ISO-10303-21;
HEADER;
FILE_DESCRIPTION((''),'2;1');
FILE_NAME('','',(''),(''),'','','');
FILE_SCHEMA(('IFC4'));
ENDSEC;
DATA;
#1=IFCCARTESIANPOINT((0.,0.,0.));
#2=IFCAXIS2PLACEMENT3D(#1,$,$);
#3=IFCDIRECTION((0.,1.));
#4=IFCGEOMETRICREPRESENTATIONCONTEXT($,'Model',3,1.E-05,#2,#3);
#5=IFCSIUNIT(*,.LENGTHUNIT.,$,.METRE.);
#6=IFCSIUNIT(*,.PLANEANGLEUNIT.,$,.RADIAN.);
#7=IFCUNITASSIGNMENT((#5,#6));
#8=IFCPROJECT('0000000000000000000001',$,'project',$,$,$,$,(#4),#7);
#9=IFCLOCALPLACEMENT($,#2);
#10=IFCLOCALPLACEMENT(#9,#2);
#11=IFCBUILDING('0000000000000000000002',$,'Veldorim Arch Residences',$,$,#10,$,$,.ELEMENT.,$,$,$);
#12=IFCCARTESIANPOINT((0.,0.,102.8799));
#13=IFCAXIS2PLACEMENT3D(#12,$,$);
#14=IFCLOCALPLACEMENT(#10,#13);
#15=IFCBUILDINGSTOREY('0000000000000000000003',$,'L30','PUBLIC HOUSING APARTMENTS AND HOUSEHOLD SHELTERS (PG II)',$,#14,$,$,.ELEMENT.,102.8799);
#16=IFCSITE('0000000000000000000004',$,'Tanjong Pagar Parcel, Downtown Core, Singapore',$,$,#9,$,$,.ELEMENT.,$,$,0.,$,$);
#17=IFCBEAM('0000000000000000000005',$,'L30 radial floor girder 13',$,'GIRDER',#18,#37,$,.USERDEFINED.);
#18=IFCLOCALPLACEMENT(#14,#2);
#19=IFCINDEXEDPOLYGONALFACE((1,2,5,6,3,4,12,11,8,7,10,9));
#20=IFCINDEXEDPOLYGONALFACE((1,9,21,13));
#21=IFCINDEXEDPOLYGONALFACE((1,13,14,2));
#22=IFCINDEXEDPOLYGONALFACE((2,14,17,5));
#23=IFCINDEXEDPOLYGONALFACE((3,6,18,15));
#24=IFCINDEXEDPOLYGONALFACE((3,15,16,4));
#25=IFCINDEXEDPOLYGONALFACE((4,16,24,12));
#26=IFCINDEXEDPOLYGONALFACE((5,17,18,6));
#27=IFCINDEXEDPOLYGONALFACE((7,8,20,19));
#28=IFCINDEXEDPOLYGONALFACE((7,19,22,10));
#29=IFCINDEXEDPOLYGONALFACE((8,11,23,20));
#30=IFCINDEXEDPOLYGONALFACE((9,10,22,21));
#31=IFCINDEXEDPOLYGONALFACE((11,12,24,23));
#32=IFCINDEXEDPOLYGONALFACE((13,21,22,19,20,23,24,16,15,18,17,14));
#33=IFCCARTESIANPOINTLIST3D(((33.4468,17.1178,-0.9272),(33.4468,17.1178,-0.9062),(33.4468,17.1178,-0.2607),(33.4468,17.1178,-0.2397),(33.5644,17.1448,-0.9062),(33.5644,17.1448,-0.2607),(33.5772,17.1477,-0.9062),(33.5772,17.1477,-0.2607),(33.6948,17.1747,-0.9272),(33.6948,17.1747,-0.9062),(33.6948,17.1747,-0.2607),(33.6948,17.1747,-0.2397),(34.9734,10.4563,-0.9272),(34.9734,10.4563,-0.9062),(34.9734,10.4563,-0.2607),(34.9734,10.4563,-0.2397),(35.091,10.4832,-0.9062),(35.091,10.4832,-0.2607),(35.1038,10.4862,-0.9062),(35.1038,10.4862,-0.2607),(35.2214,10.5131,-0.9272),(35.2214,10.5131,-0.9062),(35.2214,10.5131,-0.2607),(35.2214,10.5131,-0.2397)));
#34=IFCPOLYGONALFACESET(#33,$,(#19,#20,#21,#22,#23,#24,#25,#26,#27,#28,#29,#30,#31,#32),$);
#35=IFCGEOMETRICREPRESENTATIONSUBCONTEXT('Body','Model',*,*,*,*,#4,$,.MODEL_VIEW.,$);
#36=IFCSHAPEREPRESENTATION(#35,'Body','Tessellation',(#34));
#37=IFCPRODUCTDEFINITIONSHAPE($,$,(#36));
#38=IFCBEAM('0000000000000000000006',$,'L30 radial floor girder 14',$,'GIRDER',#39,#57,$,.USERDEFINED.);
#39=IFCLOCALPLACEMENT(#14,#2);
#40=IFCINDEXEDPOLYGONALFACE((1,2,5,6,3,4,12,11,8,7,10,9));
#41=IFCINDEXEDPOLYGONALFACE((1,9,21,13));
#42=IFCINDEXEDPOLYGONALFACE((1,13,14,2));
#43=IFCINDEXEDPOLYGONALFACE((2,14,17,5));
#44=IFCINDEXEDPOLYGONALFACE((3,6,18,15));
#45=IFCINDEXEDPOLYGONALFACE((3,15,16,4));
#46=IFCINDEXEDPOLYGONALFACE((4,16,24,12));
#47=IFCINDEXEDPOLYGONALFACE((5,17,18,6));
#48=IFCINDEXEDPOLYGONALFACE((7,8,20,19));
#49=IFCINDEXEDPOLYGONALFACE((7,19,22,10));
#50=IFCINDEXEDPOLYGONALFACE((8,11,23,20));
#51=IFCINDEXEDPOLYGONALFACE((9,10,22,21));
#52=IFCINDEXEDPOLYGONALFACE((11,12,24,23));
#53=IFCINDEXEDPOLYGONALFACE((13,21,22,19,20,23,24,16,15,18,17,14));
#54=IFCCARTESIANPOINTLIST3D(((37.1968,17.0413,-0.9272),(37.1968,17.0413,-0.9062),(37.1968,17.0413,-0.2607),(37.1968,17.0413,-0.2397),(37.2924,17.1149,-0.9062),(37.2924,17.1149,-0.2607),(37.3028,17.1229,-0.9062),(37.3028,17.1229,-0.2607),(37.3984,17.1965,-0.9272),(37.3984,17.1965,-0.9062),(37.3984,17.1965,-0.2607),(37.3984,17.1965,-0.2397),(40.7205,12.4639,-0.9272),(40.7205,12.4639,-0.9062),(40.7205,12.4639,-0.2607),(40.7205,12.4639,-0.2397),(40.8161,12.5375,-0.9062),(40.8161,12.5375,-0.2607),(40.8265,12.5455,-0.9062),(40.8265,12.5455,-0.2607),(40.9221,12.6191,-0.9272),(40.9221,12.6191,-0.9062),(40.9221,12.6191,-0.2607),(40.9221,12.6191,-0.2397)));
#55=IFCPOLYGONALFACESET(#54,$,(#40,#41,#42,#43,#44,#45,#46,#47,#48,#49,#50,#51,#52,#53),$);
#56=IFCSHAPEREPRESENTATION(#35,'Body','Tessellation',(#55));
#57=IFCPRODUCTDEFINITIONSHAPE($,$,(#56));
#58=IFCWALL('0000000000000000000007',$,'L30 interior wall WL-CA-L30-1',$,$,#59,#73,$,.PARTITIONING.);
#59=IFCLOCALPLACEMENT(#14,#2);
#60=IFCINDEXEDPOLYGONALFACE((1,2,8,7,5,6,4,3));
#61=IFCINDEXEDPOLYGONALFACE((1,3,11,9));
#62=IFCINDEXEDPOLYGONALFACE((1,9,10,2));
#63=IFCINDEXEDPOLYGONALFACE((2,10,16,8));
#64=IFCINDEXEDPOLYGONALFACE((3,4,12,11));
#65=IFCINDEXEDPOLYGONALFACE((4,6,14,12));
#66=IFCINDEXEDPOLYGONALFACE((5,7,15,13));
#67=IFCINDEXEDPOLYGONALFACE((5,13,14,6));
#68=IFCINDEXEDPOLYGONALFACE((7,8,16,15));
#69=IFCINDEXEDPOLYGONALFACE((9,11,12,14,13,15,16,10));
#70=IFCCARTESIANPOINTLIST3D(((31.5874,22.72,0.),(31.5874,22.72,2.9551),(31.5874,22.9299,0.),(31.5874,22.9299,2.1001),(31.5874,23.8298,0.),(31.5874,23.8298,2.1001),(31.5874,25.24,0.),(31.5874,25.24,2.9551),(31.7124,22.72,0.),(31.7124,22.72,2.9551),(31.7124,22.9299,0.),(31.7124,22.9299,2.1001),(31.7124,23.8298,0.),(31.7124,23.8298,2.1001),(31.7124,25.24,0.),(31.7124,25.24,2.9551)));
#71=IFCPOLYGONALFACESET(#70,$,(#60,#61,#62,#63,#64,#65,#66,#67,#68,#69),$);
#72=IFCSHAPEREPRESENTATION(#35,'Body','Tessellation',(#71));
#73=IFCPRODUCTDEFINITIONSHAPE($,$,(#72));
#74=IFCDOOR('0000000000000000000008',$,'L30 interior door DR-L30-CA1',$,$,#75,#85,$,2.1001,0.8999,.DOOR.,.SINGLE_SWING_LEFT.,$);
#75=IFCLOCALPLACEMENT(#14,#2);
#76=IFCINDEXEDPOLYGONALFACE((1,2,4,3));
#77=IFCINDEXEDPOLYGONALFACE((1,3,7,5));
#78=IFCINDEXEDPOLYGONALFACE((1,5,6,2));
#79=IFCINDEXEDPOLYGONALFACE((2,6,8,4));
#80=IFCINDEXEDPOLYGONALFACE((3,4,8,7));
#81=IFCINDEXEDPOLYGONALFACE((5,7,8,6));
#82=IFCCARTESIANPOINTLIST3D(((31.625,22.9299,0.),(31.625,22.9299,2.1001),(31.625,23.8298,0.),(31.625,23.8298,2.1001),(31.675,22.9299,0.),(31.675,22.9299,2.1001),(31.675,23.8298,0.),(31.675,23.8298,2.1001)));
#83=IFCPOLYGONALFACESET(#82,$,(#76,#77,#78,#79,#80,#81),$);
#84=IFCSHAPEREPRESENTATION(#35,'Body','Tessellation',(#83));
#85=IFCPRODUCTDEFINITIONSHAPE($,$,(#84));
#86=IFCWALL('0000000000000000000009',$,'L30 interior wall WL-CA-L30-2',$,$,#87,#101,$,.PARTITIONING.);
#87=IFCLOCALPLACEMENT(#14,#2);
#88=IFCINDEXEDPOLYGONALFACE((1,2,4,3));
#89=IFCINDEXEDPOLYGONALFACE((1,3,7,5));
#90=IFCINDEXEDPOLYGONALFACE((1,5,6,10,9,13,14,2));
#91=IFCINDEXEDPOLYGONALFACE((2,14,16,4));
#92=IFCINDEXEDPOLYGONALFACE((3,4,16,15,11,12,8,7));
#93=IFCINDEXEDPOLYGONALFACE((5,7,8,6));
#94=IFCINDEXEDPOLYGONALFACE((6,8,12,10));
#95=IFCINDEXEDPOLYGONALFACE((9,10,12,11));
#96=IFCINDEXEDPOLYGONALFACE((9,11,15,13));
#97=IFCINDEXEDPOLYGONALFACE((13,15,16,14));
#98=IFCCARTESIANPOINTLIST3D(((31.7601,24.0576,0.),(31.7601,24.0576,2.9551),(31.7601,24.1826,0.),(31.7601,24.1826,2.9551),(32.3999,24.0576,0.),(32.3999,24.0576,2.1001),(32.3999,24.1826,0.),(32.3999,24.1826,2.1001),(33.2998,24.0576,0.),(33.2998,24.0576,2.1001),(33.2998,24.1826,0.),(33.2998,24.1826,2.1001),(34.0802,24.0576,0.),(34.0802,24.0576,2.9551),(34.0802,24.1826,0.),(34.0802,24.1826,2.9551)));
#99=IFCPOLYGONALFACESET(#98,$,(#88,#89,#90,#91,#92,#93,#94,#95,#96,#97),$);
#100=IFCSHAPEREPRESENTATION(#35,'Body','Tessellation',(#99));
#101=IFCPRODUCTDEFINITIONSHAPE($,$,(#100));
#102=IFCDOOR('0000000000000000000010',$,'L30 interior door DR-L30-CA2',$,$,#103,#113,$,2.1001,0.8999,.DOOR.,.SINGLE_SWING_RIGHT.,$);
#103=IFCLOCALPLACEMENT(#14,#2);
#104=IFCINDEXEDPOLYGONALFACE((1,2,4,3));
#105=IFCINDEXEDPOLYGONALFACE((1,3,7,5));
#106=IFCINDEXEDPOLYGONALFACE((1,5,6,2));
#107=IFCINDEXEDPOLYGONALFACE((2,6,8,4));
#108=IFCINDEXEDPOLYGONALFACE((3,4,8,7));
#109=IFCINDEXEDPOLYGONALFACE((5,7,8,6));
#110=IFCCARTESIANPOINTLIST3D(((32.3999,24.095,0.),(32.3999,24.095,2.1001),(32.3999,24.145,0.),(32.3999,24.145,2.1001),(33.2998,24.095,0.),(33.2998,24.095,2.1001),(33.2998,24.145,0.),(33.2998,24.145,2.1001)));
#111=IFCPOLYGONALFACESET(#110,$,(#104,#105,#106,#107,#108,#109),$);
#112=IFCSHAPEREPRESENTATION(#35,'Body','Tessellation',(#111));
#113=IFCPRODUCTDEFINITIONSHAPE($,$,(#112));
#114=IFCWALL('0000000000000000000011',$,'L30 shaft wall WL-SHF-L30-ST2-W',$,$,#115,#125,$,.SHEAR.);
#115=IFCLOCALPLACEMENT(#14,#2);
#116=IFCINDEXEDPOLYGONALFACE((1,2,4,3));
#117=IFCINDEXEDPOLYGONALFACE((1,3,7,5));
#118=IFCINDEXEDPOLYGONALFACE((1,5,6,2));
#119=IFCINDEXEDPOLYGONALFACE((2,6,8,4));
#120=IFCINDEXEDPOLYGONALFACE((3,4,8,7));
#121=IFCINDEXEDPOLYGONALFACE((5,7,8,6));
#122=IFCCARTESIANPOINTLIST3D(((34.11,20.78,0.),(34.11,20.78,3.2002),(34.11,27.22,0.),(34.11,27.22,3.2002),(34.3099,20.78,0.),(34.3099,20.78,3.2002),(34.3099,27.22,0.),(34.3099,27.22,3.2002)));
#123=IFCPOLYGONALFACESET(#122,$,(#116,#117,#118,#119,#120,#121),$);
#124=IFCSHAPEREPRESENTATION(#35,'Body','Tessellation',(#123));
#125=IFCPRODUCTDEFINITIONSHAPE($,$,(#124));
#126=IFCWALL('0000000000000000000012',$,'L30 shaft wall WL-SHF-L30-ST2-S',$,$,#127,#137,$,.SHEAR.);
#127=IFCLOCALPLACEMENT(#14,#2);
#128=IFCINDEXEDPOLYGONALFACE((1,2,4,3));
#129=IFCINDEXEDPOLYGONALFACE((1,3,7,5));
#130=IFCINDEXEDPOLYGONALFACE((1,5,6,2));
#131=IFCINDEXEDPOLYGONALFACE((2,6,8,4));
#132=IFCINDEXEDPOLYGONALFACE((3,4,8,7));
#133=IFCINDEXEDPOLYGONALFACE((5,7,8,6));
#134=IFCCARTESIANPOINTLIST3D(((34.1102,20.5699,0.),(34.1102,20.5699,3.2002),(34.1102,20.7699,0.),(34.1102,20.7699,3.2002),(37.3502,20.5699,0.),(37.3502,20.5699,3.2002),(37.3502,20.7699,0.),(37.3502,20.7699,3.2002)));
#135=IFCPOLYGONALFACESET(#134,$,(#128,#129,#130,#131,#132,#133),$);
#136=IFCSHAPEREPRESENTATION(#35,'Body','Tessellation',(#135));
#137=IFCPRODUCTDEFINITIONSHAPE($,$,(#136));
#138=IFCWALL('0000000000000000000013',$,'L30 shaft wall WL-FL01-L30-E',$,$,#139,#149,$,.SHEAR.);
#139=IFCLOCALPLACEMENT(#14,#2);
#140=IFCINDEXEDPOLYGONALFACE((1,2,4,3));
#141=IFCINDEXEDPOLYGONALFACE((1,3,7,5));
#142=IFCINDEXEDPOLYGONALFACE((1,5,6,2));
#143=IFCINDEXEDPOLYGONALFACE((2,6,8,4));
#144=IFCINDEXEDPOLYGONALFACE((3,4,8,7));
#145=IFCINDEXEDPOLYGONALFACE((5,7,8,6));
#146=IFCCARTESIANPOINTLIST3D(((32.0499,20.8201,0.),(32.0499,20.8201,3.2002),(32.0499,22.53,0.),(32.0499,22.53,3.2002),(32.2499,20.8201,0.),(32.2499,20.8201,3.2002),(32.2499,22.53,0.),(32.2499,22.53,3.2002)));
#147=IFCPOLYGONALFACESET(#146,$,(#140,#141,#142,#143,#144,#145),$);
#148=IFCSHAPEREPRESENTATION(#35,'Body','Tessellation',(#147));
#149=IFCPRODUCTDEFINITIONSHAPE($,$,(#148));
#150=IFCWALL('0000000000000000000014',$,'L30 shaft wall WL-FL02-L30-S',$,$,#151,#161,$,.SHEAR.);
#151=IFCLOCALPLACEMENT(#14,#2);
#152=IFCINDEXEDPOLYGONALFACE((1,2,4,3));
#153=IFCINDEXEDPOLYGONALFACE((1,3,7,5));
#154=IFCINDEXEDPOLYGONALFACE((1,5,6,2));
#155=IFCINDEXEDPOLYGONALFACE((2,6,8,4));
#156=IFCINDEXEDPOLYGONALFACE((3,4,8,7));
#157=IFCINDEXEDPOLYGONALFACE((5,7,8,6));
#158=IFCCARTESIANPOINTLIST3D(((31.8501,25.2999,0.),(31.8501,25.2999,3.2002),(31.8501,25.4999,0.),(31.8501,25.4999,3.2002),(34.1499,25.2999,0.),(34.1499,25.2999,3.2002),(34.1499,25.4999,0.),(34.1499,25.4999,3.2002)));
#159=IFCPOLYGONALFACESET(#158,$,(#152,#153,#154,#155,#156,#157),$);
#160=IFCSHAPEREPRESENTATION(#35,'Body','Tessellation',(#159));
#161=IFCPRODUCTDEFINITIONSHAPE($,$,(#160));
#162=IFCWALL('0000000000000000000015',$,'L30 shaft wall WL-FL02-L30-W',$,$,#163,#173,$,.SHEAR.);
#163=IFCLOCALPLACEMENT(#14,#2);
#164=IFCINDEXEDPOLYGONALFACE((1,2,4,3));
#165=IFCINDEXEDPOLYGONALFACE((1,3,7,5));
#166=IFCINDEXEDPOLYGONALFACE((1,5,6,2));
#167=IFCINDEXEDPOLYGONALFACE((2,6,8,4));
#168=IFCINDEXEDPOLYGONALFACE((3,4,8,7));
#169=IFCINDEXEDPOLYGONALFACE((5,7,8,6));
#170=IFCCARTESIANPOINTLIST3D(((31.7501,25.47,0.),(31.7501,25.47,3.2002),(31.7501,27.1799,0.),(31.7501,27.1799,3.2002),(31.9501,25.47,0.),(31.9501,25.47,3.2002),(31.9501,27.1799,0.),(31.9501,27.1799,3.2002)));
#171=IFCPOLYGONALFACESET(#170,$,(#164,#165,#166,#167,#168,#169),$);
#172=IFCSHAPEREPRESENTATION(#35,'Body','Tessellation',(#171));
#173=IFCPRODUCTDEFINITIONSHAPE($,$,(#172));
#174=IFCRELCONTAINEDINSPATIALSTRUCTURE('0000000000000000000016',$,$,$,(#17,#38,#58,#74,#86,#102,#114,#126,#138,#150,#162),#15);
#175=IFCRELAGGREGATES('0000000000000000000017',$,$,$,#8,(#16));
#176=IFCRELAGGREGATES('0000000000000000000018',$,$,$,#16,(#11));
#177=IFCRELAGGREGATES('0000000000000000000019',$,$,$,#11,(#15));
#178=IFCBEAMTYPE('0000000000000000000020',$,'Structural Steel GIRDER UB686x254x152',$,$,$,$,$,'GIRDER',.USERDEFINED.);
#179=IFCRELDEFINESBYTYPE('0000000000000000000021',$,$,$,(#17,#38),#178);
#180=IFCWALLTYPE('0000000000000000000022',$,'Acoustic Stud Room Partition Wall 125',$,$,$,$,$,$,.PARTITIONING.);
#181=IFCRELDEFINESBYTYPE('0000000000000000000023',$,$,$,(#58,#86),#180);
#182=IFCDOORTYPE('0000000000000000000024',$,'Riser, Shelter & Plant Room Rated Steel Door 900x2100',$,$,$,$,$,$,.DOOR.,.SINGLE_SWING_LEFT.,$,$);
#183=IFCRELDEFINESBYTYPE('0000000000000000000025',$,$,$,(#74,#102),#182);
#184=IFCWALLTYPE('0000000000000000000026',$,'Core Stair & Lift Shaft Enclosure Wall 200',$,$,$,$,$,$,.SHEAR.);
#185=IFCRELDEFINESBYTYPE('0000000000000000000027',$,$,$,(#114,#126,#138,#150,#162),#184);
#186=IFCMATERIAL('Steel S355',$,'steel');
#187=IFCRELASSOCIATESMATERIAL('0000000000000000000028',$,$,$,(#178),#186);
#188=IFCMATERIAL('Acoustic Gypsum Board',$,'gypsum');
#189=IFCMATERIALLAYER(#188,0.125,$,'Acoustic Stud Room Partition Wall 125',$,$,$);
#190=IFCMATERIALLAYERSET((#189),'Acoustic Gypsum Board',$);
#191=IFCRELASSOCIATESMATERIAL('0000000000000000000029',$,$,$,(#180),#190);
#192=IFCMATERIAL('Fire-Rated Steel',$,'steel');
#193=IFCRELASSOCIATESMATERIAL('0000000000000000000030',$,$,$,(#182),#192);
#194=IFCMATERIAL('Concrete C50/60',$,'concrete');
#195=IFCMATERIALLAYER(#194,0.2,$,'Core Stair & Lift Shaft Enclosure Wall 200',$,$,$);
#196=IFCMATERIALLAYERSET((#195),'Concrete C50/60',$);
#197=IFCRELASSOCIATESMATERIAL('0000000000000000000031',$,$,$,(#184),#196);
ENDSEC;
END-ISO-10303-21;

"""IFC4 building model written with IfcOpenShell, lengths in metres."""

from ifc_helpers import new_model, si_unit, direction, frame, frame_2d, origin, origin_2d, place, context, subcontext, project, spatial, rectangle, i_section, extrude, material, layer, layer_set, material_profile, profile_set, type_object, element, fill, save


model = new_model("IFC4")

# Units and contexts
model_context = context("Model", 3, precision=1e-05, world=origin(), true_north=direction((0.0, 1.0)))
body_context = subcontext(model_context, "Body", "Model", "MODEL_VIEW")
ifc_project = project(units=[si_unit("LENGTHUNIT", "METRE"), si_unit("PLANEANGLEUNIT", "RADIAN")], contexts=[model_context])

# Site, building, storey
site_placement = place(None, origin())
site = spatial("IfcSite", under=ifc_project, at=site_placement, Name="Tanjong Pagar Parcel, Downtown Core, Singapore", CompositionType="ELEMENT", RefElevation=0.0)
building_placement = place(site_placement, origin())
building = spatial("IfcBuilding", under=site, at=building_placement, Name="Veldorim Arch Residences", CompositionType="ELEMENT")
storey_placement = place(building_placement, frame((0.0, 0.0, 102.8799)))
storey = spatial("IfcBuildingStorey", under=building, at=storey_placement, Name="L30", Description="PUBLIC HOUSING APARTMENTS AND HOUSEHOLD SHELTERS (PG II)", CompositionType="ELEMENT", Elevation=102.8799)

# Beams
ifc_material_1 = material(Name="Steel S355", Category="steel")
ifc_material_profile = material_profile(ifc_material_1, i_section(OverallWidth=0.2544, OverallDepth=0.6875, WebThickness=0.0132, FlangeThickness=0.021, at=origin_2d()), Name="UB686x254x152")
ifc_profile_set = profile_set([ifc_material_profile], Name="Steel S355")
beam_type = type_object("IfcBeamType", Name="Structural Steel GIRDER UB686x254x152", ElementType="GIRDER", PredefinedType="USERDEFINED", material=ifc_profile_set)
beam_1_placement = place(storey_placement, frame((33.5708, 17.1462, -0.5835), z_axis=(0.223375, -0.974733, 0.0), x_axis=(0.974733, 0.223375, 0.0)))
element("IfcBeam", 1, at=beam_1_placement, inside=storey, type_object=beam_type, Name="L30 radial floor girder 13", ObjectType="GIRDER", PredefinedType="USERDEFINED", context=body_context, shape_type="SweptSolid", body=[
    extrude(i_section(OverallWidth=0.2544, OverallDepth=0.6875, WebThickness=0.0132, FlangeThickness=0.021, at=origin_2d()), origin(), (0.0, 0.0, 1.0), 6.8342),
])
beam_2_placement = place(storey_placement, frame((37.2976, 17.1189, -0.5835), z_axis=(0.609995, -0.792406, 0.0), x_axis=(0.792406, 0.609995, 0.0)))
element("IfcBeam", 2, at=beam_2_placement, inside=storey, type_object=beam_type, Name="L30 radial floor girder 14", ObjectType="GIRDER", PredefinedType="USERDEFINED", context=body_context, shape_type="SweptSolid", body=[
    extrude(i_section(OverallWidth=0.2544, OverallDepth=0.6875, WebThickness=0.0132, FlangeThickness=0.021, at=origin_2d()), origin(), (0.0, 0.0, 1.0), 5.7766),
])

# Walls, openings, doors
ifc_material_2 = material(Name="Acoustic Gypsum Board", Category="gypsum")
ifc_layer_1 = layer(ifc_material_2, 0.125, Name="Acoustic Stud Room Partition Wall 125")
ifc_layer_set_1 = layer_set([ifc_layer_1], Name="Acoustic Gypsum Board")
wall_type_1 = type_object("IfcWallType", Name="Acoustic Stud Room Partition Wall 125", PredefinedType="PARTITIONING", material=ifc_layer_set_1)
wall_1_placement = place(storey_placement, frame((31.6499, 22.72, 0.0), z_axis=(0.0, 0.0, 1.0), x_axis=(0.0, 1.0, 0.0)))
wall_1 = element("IfcWall", 3, at=wall_1_placement, inside=storey, type_object=wall_type_1, Name="L30 interior wall WL-CA-L30-1", PredefinedType="PARTITIONING", context=body_context, shape_type="SweptSolid", body=[
    extrude(rectangle(XDim=2.52, YDim=0.125, at=frame_2d((1.26, 0.0))), origin(), (0.0, 0.0, 1.0), 2.9551),
])
opening_1_placement = place(wall_1_placement, frame((0.21, 0.0, 0.0)))
opening_1 = element("IfcOpeningElement", 4, at=opening_1_placement, cuts=wall_1, PredefinedType="OPENING", context=body_context, shape_type="SweptSolid", body=[
    extrude(rectangle(XDim=0.8999, YDim=2.1001, at=frame_2d((0.45, 1.05))), frame((0.0, 0.0725, 0.0), z_axis=(0.0, -1.0, 0.0), x_axis=(1.0, 0.0, 0.0)), (0.0, 0.0, 1.0), 0.145),
])
ifc_material_3 = material(Name="Fire-Rated Steel", Category="steel")
door_type = type_object("IfcDoorType", Name="Riser, Shelter & Plant Room Rated Steel Door 900x2100", OperationType="SINGLE_SWING_LEFT", PredefinedType="DOOR", material=ifc_material_3)
door_1_placement = place(opening_1_placement, origin())
door_1 = element("IfcDoor", 5, at=door_1_placement, inside=storey, type_object=door_type, Name="L30 interior door DR-L30-CA1", OperationType="SINGLE_SWING_LEFT", OverallHeight=2.1001, OverallWidth=0.8999, PredefinedType="DOOR", context=body_context, shape_type="SweptSolid", body=[
    extrude(rectangle(XDim=0.8999, YDim=2.1001, at=frame_2d((0.45, 1.05))), frame((0.0, 0.0249, 0.0), z_axis=(0.0, -1.0, 0.0), x_axis=(1.0, 0.0, 0.0)), (0.0, 0.0, 1.0), 0.05),
])
fill(opening_1, door_1)
wall_2_placement = place(storey_placement, frame((31.76, 24.1201, 0.0), z_axis=(0.0, 0.0, 1.0), x_axis=(1.0, 0.0, 0.0)))
wall_2 = element("IfcWall", 6, at=wall_2_placement, inside=storey, type_object=wall_type_1, Name="L30 interior wall WL-CA-L30-2", PredefinedType="PARTITIONING", context=body_context, shape_type="SweptSolid", body=[
    extrude(rectangle(XDim=2.3201, YDim=0.125, at=frame_2d((1.1602, 0.0))), origin(), (0.0, 0.0, 1.0), 2.9551),
])
opening_2_placement = place(wall_2_placement, frame((0.6399, 0.0, 0.0)))
opening_2 = element("IfcOpeningElement", 7, at=opening_2_placement, cuts=wall_2, PredefinedType="OPENING", context=body_context, shape_type="SweptSolid", body=[
    extrude(rectangle(XDim=0.8999, YDim=2.1001, at=frame_2d((0.45, 1.05))), frame((0.0, 0.0725, 0.0), z_axis=(0.0, -1.0, 0.0), x_axis=(1.0, 0.0, 0.0)), (0.0, 0.0, 1.0), 0.145),
])
door_2_placement = place(opening_2_placement, origin())
door_2 = element("IfcDoor", 8, at=door_2_placement, inside=storey, type_object=door_type, Name="L30 interior door DR-L30-CA2", OperationType="SINGLE_SWING_RIGHT", OverallHeight=2.1001, OverallWidth=0.8999, PredefinedType="DOOR", context=body_context, shape_type="SweptSolid", body=[
    extrude(rectangle(XDim=0.8999, YDim=2.1001, at=frame_2d((0.45, 1.05))), frame((0.0, 0.0249, 0.0), z_axis=(0.0, -1.0, 0.0), x_axis=(1.0, 0.0, 0.0)), (0.0, 0.0, 1.0), 0.05),
])
fill(opening_2, door_2)

# Walls
ifc_material_4 = material(Name="Concrete C50/60", Category="concrete")
ifc_layer_2 = layer(ifc_material_4, 0.2, Name="Core Stair & Lift Shaft Enclosure Wall 200")
ifc_layer_set_2 = layer_set([ifc_layer_2], Name="Concrete C50/60")
wall_type_2 = type_object("IfcWallType", Name="Core Stair & Lift Shaft Enclosure Wall 200", PredefinedType="SHEAR", material=ifc_layer_set_2)
wall_3_placement = place(storey_placement, frame((34.21, 20.78, 0.0), z_axis=(0.0, 0.0, 1.0), x_axis=(0.0, 1.0, 0.0)))
element("IfcWall", 9, at=wall_3_placement, inside=storey, type_object=wall_type_2, Name="L30 shaft wall WL-SHF-L30-ST2-W", PredefinedType="SHEAR", context=body_context, shape_type="SweptSolid", body=[
    extrude(rectangle(XDim=6.4399, YDim=0.2, at=frame_2d((3.22, 0.0))), origin(), (0.0, 0.0, 1.0), 3.2002),
])
wall_4_placement = place(storey_placement, frame((34.1101, 20.6699, 0.0), z_axis=(0.0, 0.0, 1.0), x_axis=(1.0, 0.0, 0.0)))
element("IfcWall", 10, at=wall_4_placement, inside=storey, type_object=wall_type_2, Name="L30 shaft wall WL-SHF-L30-ST2-S", PredefinedType="SHEAR", context=body_context, shape_type="SweptSolid", body=[
    extrude(rectangle(XDim=3.24, YDim=0.2, at=frame_2d((1.6201, 0.0))), origin(), (0.0, 0.0, 1.0), 3.2002),
])
wall_5_placement = place(storey_placement, frame((32.1499, 20.8201, 0.0), z_axis=(0.0, 0.0, 1.0), x_axis=(0.0, 1.0, 0.0)))
element("IfcWall", 11, at=wall_5_placement, inside=storey, type_object=wall_type_2, Name="L30 shaft wall WL-FL01-L30-E", PredefinedType="SHEAR", context=body_context, shape_type="SweptSolid", body=[
    extrude(rectangle(XDim=1.71, YDim=0.2, at=frame_2d((0.855, 0.0))), origin(), (0.0, 0.0, 1.0), 3.2002),
])
wall_6_placement = place(storey_placement, frame((31.8501, 25.3999, 0.0), z_axis=(0.0, 0.0, 1.0), x_axis=(1.0, 0.0, 0.0)))
element("IfcWall", 12, at=wall_6_placement, inside=storey, type_object=wall_type_2, Name="L30 shaft wall WL-FL02-L30-S", PredefinedType="SHEAR", context=body_context, shape_type="SweptSolid", body=[
    extrude(rectangle(XDim=2.2998, YDim=0.2, at=frame_2d((1.1499, 0.0))), origin(), (0.0, 0.0, 1.0), 3.2002),
])
wall_7_placement = place(storey_placement, frame((31.8501, 25.47, 0.0), z_axis=(0.0, 0.0, 1.0), x_axis=(0.0, 1.0, 0.0)))
element("IfcWall", 13, at=wall_7_placement, inside=storey, type_object=wall_type_2, Name="L30 shaft wall WL-FL02-L30-W", PredefinedType="SHEAR", context=body_context, shape_type="SweptSolid", body=[
    extrude(rectangle(XDim=1.71, YDim=0.2, at=frame_2d((0.855, 0.0))), origin(), (0.0, 0.0, 1.0), 3.2002),
])

save(model, "model.ifc")
